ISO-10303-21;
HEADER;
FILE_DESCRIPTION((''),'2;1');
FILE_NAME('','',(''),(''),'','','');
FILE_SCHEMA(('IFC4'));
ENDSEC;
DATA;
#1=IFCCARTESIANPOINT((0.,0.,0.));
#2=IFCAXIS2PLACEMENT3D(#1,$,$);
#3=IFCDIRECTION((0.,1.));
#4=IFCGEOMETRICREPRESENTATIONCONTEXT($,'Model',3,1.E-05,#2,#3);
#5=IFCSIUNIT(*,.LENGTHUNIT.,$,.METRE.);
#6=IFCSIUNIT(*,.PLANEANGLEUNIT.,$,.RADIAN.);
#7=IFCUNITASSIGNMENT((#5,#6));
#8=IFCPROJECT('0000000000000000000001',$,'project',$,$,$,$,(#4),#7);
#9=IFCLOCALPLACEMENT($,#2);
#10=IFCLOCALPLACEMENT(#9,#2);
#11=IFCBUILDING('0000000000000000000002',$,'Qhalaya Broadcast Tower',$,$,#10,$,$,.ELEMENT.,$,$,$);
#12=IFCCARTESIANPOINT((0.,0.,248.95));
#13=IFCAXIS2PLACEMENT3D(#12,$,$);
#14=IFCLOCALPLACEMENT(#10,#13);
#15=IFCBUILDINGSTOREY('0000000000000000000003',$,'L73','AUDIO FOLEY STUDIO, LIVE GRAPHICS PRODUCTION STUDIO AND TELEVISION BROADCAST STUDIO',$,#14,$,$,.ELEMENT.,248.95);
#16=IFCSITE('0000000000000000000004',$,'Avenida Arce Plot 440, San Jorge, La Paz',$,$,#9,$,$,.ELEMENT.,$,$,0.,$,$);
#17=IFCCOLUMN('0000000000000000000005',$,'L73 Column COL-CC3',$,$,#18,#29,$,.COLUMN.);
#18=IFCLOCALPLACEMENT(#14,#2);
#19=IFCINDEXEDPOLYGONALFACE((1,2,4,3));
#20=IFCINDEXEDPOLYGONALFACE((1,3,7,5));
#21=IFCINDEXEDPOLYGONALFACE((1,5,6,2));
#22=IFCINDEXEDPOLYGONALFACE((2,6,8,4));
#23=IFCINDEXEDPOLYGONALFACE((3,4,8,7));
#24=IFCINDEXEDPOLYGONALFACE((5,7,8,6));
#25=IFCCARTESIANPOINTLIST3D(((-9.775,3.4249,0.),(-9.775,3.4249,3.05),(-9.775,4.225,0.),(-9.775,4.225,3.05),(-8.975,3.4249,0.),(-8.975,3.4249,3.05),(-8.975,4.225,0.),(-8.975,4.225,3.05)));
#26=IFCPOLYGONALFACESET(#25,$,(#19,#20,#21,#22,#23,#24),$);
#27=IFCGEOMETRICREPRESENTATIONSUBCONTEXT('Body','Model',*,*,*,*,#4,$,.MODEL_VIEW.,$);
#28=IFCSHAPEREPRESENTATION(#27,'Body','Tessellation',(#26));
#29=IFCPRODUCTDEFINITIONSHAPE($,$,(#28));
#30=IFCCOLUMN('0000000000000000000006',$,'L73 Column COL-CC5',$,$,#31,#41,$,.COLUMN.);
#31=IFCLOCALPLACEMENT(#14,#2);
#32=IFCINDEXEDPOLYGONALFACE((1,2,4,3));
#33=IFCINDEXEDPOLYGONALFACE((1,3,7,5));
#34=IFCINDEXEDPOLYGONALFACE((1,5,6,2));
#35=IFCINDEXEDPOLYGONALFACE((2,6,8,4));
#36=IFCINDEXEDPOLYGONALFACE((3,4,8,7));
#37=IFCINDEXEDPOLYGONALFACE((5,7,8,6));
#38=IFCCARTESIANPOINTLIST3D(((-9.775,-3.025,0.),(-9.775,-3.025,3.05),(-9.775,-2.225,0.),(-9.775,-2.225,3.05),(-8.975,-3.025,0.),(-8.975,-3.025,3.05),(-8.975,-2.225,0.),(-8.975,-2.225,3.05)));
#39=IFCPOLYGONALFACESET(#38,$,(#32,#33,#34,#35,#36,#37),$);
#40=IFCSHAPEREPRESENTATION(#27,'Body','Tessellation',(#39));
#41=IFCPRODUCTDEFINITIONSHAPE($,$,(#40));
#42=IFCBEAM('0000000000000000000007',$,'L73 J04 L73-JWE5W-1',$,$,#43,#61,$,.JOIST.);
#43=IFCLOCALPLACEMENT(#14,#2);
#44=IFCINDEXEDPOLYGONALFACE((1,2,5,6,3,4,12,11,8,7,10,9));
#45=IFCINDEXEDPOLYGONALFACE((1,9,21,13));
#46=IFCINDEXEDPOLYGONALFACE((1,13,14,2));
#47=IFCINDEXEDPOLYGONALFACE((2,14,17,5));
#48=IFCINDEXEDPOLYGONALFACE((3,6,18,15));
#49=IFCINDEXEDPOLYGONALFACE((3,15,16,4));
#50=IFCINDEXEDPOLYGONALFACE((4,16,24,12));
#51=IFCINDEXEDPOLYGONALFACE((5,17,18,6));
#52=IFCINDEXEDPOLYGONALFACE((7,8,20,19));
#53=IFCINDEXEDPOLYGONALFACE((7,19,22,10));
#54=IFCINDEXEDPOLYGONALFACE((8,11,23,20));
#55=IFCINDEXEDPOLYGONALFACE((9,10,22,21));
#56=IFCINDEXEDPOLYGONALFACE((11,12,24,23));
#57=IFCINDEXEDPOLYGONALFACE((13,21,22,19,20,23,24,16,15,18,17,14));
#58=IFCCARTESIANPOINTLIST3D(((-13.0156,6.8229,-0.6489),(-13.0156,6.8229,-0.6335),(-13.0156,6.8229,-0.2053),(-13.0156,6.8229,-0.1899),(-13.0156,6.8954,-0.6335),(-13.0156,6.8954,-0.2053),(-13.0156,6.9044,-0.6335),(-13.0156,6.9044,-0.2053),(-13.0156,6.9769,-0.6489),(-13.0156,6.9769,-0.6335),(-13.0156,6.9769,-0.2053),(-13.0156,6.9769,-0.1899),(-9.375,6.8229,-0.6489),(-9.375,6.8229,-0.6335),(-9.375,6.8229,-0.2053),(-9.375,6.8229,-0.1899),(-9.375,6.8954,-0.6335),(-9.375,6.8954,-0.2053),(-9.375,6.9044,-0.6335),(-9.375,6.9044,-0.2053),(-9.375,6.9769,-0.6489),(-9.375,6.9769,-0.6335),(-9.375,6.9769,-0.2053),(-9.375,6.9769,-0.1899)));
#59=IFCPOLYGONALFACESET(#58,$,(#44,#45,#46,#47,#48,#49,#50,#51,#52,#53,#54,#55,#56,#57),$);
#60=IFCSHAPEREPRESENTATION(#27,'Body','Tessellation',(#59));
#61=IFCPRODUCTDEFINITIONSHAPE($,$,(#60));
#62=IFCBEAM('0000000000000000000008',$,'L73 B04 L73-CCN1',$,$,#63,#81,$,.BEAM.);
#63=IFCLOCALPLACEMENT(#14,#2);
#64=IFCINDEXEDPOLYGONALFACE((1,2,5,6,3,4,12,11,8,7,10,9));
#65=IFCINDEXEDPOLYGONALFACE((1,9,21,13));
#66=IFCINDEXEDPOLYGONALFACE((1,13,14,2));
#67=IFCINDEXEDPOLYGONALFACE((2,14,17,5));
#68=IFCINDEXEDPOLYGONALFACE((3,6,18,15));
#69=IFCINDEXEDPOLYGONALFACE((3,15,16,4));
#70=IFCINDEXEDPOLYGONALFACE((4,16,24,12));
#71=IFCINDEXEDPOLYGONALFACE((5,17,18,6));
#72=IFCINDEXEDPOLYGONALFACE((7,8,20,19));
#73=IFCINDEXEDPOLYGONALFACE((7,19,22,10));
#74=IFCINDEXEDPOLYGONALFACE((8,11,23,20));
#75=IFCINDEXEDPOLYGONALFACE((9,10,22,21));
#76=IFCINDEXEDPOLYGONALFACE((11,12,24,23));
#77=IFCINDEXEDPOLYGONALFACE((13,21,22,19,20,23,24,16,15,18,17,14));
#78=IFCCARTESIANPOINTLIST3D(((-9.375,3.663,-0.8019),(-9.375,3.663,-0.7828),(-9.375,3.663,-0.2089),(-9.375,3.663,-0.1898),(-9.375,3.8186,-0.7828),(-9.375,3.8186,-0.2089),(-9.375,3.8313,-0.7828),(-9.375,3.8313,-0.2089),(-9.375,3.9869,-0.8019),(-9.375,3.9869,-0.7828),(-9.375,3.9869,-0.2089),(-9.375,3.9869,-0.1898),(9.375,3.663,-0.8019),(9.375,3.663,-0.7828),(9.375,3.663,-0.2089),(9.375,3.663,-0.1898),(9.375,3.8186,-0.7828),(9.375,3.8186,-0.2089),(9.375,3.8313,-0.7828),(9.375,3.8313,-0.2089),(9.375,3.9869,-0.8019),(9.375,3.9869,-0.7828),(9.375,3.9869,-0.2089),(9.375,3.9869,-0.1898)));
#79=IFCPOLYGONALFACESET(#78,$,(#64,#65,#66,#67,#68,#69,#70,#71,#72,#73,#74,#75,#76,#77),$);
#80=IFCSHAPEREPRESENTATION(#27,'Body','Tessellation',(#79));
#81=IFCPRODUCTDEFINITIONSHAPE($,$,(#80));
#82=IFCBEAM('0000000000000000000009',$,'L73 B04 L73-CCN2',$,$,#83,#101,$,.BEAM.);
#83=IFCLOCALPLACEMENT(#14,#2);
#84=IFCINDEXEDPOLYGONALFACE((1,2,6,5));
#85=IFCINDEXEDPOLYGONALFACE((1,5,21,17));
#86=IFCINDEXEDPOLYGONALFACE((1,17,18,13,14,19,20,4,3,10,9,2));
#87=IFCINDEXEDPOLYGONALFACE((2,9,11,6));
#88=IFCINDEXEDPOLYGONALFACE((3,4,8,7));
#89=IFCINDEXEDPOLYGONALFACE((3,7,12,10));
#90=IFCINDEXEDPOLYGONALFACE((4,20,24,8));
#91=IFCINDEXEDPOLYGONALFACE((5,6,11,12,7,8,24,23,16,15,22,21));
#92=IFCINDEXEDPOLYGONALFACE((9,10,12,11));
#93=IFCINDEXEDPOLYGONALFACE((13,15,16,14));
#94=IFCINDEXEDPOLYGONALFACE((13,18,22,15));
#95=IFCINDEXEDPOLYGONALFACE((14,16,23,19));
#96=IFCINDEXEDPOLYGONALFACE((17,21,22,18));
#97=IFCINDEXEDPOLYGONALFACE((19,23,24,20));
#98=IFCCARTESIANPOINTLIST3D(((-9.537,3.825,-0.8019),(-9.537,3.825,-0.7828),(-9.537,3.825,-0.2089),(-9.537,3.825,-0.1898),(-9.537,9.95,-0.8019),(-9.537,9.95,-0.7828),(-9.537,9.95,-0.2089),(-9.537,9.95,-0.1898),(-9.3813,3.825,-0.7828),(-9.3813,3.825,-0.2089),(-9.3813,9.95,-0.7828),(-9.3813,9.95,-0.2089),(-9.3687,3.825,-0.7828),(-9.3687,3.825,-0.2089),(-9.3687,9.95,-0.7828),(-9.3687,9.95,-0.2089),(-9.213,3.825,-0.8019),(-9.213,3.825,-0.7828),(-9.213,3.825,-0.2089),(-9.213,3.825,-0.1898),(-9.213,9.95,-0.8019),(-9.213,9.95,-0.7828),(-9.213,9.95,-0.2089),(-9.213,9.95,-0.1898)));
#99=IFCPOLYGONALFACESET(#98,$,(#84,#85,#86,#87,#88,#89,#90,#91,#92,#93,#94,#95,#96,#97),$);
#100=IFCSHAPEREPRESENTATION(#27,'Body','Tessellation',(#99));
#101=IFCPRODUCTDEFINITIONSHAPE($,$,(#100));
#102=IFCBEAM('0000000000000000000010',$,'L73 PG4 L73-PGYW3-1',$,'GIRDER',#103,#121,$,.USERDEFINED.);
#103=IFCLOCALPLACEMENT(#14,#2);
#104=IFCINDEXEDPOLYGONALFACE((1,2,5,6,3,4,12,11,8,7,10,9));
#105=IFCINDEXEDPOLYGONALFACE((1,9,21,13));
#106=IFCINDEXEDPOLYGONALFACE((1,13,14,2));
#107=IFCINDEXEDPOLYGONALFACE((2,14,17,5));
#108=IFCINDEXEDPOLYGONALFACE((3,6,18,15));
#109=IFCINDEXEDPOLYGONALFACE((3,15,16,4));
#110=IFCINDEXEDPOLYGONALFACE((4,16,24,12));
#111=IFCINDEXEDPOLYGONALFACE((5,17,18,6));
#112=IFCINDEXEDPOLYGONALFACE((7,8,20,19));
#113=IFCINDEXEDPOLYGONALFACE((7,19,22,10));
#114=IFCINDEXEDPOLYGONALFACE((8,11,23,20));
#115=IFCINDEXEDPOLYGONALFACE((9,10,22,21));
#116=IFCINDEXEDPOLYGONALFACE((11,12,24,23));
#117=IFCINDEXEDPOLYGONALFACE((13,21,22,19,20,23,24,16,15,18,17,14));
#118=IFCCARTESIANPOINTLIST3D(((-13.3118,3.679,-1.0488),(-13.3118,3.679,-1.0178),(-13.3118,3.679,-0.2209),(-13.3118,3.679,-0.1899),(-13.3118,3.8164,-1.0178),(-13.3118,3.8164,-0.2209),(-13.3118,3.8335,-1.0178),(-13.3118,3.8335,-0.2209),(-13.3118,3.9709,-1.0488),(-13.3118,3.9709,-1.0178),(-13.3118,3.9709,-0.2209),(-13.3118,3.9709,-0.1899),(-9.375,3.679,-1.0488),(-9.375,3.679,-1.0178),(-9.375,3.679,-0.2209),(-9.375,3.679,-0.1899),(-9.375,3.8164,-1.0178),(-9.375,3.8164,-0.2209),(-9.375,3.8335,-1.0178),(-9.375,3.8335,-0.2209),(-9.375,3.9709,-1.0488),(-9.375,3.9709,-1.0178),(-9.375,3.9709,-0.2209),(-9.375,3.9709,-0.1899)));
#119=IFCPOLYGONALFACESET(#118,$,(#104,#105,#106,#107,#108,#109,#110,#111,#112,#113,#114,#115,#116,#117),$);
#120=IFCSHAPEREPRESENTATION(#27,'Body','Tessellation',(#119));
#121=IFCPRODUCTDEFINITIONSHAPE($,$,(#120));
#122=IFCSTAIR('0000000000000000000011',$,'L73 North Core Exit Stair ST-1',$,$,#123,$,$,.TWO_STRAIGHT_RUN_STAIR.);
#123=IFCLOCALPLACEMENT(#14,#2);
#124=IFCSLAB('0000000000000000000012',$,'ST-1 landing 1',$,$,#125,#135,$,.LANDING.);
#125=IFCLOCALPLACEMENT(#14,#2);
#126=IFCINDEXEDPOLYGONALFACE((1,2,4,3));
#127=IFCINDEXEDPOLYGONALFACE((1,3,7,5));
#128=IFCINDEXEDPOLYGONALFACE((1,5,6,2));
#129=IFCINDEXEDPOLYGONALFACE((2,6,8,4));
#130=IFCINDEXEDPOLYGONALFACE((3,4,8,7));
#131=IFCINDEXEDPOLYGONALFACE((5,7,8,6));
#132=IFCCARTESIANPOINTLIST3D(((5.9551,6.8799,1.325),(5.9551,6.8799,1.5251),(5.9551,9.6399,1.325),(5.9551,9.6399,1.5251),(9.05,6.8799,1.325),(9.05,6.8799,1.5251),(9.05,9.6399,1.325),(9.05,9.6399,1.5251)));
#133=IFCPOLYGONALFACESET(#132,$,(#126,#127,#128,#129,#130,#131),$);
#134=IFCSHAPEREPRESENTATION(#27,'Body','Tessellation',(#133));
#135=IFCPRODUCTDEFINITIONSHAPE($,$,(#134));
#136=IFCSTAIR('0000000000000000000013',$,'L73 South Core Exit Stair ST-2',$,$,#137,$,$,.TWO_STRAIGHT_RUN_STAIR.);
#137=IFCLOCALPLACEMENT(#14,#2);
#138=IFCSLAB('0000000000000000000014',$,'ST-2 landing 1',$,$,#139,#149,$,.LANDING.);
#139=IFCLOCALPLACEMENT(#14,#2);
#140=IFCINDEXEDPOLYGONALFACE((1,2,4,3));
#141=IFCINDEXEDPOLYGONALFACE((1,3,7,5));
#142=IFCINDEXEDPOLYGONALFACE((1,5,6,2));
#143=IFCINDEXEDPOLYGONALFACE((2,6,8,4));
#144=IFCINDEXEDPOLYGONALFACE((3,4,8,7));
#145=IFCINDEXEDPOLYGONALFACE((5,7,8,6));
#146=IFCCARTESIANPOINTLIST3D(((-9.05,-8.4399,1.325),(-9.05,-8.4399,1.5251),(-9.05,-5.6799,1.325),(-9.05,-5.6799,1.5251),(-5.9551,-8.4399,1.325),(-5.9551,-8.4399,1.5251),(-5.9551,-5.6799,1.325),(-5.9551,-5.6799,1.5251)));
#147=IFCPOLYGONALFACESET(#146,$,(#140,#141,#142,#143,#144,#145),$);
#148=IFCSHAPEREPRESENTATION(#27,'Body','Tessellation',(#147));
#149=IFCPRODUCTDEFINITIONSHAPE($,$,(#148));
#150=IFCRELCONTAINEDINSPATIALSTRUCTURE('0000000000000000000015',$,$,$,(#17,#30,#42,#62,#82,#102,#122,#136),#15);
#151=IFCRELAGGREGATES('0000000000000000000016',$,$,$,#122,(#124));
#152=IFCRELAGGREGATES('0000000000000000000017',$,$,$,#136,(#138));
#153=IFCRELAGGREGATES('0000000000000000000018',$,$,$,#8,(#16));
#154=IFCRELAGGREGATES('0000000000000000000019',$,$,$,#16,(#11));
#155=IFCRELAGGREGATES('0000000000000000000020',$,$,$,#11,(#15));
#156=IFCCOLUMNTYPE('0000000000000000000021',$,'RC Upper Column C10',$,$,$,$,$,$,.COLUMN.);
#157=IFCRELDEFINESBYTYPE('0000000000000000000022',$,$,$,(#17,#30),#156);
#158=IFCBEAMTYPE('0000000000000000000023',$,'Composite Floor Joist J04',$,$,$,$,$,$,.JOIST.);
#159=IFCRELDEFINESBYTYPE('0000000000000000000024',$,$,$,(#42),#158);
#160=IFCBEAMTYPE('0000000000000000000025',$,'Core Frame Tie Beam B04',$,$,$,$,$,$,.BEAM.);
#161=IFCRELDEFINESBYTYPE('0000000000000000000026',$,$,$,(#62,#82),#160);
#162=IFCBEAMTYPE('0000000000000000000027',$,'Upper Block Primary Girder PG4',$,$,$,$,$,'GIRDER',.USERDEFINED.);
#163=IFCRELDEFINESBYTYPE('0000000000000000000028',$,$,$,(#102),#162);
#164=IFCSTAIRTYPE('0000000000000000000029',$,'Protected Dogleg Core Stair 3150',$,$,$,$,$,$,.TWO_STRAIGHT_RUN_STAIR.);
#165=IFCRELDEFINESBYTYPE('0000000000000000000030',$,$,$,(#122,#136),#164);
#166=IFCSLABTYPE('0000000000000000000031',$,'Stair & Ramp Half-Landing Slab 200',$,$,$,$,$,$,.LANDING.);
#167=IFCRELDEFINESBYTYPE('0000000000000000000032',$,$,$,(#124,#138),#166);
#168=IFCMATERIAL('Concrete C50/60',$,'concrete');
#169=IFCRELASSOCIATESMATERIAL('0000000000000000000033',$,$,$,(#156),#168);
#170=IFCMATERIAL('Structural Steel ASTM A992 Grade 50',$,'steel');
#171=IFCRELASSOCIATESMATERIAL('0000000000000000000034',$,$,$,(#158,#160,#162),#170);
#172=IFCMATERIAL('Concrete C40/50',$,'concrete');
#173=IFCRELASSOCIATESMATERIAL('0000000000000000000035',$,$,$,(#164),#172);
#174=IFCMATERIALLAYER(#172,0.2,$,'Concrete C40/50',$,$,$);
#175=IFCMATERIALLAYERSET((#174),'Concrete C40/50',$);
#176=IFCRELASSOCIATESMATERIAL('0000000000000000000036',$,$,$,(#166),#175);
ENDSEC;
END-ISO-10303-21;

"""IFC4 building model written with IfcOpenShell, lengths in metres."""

from ifc_helpers import new_model, si_unit, direction, frame, origin, origin_2d, place, context, subcontext, project, spatial, polyline, rectangle, i_section, outline, extrude, material, layer, layer_set, material_profile, profile_set, type_object, element, aggregate, save


model = new_model("IFC4")

# Units and contexts
model_context = context("Model", 3, precision=1e-05, world=origin(), true_north=direction((0.0, 1.0)))
body_context = subcontext(model_context, "Body", "Model", "MODEL_VIEW")
ifc_project = project(units=[si_unit("LENGTHUNIT", "METRE"), si_unit("PLANEANGLEUNIT", "RADIAN")], contexts=[model_context])

# Site, building, storey
site_placement = place(None, origin())
site = spatial("IfcSite", under=ifc_project, at=site_placement, Name="Avenida Arce Plot 440, San Jorge, La Paz", CompositionType="ELEMENT", RefElevation=0.0)
building_placement = place(site_placement, origin())
building = spatial("IfcBuilding", under=site, at=building_placement, Name="Qhalaya Broadcast Tower", CompositionType="ELEMENT")
storey_placement = place(building_placement, frame((0.0, 0.0, 248.95)))
storey = spatial("IfcBuildingStorey", under=building, at=storey_placement, Name="L73", Description="AUDIO FOLEY STUDIO, LIVE GRAPHICS PRODUCTION STUDIO AND TELEVISION BROADCAST STUDIO", CompositionType="ELEMENT", Elevation=248.95)

# Columns
ifc_material_1 = material(Name="Concrete C50/60", Category="concrete")
ifc_material_profile_1 = material_profile(ifc_material_1, rectangle(XDim=0.8, YDim=0.8, at=origin_2d()), Name="RC-COL 800x800")
ifc_profile_set_1 = profile_set([ifc_material_profile_1], Name="Concrete C50/60")
column_type = type_object("IfcColumnType", Name="RC Upper Column C10", PredefinedType="COLUMN", material=ifc_profile_set_1)
for number, where, z_axis, x_axis, name in (
    (1, (-9.375, 3.825, 0.0), (0.0, 0.0, 1.0), (1.0, 0.0, 0.0), "L73 Column COL-CC3"),
    (2, (-9.375, -2.625, 0.0), (0.0, 0.0, 1.0), (1.0, 0.0, 0.0), "L73 Column COL-CC5"),
):
    element("IfcColumn", number, at=place(storey_placement, frame(where, z_axis=z_axis, x_axis=x_axis)), inside=storey, type_object=column_type, Name=name, PredefinedType="COLUMN", context=body_context, shape_type="SweptSolid", body=[
        extrude(rectangle(XDim=0.8, YDim=0.8, at=origin_2d()), origin(), (0.0, 0.0, 1.0), 3.05),
    ])

# Beams
ifc_material_2 = material(Name="Structural Steel ASTM A992 Grade 50", Category="steel")
ifc_material_profile_2 = material_profile(ifc_material_2, i_section(OverallWidth=0.1541, OverallDepth=0.459, WebThickness=0.009, FlangeThickness=0.0154, at=origin_2d()), Name="W18X46")
ifc_profile_set_2 = profile_set([ifc_material_profile_2], Name="Structural Steel ASTM A992 Grade 50")
beam_type_1 = type_object("IfcBeamType", Name="Composite Floor Joist J04", PredefinedType="JOIST", material=ifc_profile_set_2)
beam_1_placement = place(storey_placement, frame((-13.0156, 6.8999, -0.4194), z_axis=(1.0, 0.0, 0.0), x_axis=(0.0, 1.0, 0.0)))
element("IfcBeam", 3, at=beam_1_placement, inside=storey, type_object=beam_type_1, Name="L73 J04 L73-JWE5W-1", PredefinedType="JOIST", context=body_context, shape_type="SweptSolid", body=[
    extrude(i_section(OverallWidth=0.1541, OverallDepth=0.459, WebThickness=0.009, FlangeThickness=0.0154, at=origin_2d()), origin(), (0.0, 0.0, 1.0), 3.6406),
])
ifc_material_profile_3 = material_profile(ifc_material_2, i_section(OverallWidth=0.324, OverallDepth=0.6121, WebThickness=0.0127, FlangeThickness=0.019, at=origin_2d()), Name="W24X104")
ifc_profile_set_3 = profile_set([ifc_material_profile_3], Name="Structural Steel ASTM A992 Grade 50")
beam_type_2 = type_object("IfcBeamType", Name="Core Frame Tie Beam B04", PredefinedType="BEAM", material=ifc_profile_set_3)
beam_2_placement = place(storey_placement, frame((-9.375, 3.825, -0.4958), z_axis=(1.0, 0.0, 0.0), x_axis=(0.0, 1.0, 0.0)))
element("IfcBeam", 4, at=beam_2_placement, inside=storey, type_object=beam_type_2, Name="L73 B04 L73-CCN1", PredefinedType="BEAM", context=body_context, shape_type="SweptSolid", body=[
    extrude(i_section(OverallWidth=0.324, OverallDepth=0.6121, WebThickness=0.0127, FlangeThickness=0.019, at=origin_2d()), origin(), (0.0, 0.0, 1.0), 18.75),
])
beam_3_placement = place(storey_placement, frame((-9.375, 3.825, -0.4958), z_axis=(0.0, 1.0, 0.0), x_axis=(-1.0, 0.0, 0.0)))
element("IfcBeam", 5, at=beam_3_placement, inside=storey, type_object=beam_type_2, Name="L73 B04 L73-CCN2", PredefinedType="BEAM", context=body_context, shape_type="SweptSolid", body=[
    extrude(i_section(OverallWidth=0.324, OverallDepth=0.6121, WebThickness=0.0127, FlangeThickness=0.019, at=origin_2d()), origin(), (0.0, 0.0, 1.0), 6.125),
])
ifc_material_profile_4 = material_profile(ifc_material_2, i_section(OverallWidth=0.292, OverallDepth=0.8589, WebThickness=0.0171, FlangeThickness=0.031, at=origin_2d()), Name="W33X169")
ifc_profile_set_4 = profile_set([ifc_material_profile_4], Name="Structural Steel ASTM A992 Grade 50")
beam_type_3 = type_object("IfcBeamType", Name="Upper Block Primary Girder PG4", ElementType="GIRDER", PredefinedType="USERDEFINED", material=ifc_profile_set_4)
beam_4_placement = place(storey_placement, frame((-13.3118, 3.825, -0.6194), z_axis=(1.0, 0.0, 0.0), x_axis=(0.0, 1.0, 0.0)))
element("IfcBeam", 6, at=beam_4_placement, inside=storey, type_object=beam_type_3, Name="L73 PG4 L73-PGYW3-1", ObjectType="GIRDER", PredefinedType="USERDEFINED", context=body_context, shape_type="SweptSolid", body=[
    extrude(i_section(OverallWidth=0.292, OverallDepth=0.8589, WebThickness=0.0171, FlangeThickness=0.031, at=origin_2d()), origin(), (0.0, 0.0, 1.0), 3.9368),
])

# Stairs, slabs
ifc_material_3 = material(Name="Concrete C40/50", Category="concrete")
stair_type = type_object("IfcStairType", Name="Protected Dogleg Core Stair 3150", PredefinedType="TWO_STRAIGHT_RUN_STAIR", material=ifc_material_3)
stair_1_placement = place(storey_placement, origin())
stair_1 = element("IfcStair", 7, at=stair_1_placement, inside=storey, type_object=stair_type, Name="L73 North Core Exit Stair ST-1", PredefinedType="TWO_STRAIGHT_RUN_STAIR")
ifc_layer_1 = layer(ifc_material_3, 0.2, Name="Concrete C40/50")
ifc_layer_set_1 = layer_set([ifc_layer_1], Name="Concrete C40/50")
slab_type_1 = type_object("IfcSlabType", Name="Stair & Ramp Half-Landing Slab 200", PredefinedType="LANDING", material=ifc_layer_set_1)
slab_1_placement = place(storey_placement, frame((0.0, 0.0, 1.325)))
slab_1 = element("IfcSlab", 8, at=slab_1_placement, type_object=slab_type_1, Name="ST-1 landing 1", PredefinedType="LANDING", context=body_context, shape_type="SweptSolid", body=[
    extrude(outline(polyline([(5.9551, 6.8799), (9.05, 6.8799), (9.05, 9.6399), (5.9551, 9.6399), (5.9551, 6.8799)])), origin(), (0.0, 0.0, 1.0), 0.2002),
])
aggregate(stair_1, [slab_1])
stair_2_placement = place(storey_placement, origin())
stair_2 = element("IfcStair", 9, at=stair_2_placement, inside=storey, type_object=stair_type, Name="L73 South Core Exit Stair ST-2", PredefinedType="TWO_STRAIGHT_RUN_STAIR")
slab_2_placement = place(storey_placement, frame((0.0, 0.0, 1.325)))
slab_2 = element("IfcSlab", 10, at=slab_2_placement, type_object=slab_type_1, Name="ST-2 landing 1", PredefinedType="LANDING", context=body_context, shape_type="SweptSolid", body=[
    extrude(outline(polyline([(-5.9551, -5.6799), (-9.05, -5.6799), (-9.05, -8.4399), (-5.9551, -8.4399), (-5.9551, -5.6799)])), origin(), (0.0, 0.0, 1.0), 0.2002),
])
aggregate(stair_2, [slab_2])

save(model, "model.ifc")
